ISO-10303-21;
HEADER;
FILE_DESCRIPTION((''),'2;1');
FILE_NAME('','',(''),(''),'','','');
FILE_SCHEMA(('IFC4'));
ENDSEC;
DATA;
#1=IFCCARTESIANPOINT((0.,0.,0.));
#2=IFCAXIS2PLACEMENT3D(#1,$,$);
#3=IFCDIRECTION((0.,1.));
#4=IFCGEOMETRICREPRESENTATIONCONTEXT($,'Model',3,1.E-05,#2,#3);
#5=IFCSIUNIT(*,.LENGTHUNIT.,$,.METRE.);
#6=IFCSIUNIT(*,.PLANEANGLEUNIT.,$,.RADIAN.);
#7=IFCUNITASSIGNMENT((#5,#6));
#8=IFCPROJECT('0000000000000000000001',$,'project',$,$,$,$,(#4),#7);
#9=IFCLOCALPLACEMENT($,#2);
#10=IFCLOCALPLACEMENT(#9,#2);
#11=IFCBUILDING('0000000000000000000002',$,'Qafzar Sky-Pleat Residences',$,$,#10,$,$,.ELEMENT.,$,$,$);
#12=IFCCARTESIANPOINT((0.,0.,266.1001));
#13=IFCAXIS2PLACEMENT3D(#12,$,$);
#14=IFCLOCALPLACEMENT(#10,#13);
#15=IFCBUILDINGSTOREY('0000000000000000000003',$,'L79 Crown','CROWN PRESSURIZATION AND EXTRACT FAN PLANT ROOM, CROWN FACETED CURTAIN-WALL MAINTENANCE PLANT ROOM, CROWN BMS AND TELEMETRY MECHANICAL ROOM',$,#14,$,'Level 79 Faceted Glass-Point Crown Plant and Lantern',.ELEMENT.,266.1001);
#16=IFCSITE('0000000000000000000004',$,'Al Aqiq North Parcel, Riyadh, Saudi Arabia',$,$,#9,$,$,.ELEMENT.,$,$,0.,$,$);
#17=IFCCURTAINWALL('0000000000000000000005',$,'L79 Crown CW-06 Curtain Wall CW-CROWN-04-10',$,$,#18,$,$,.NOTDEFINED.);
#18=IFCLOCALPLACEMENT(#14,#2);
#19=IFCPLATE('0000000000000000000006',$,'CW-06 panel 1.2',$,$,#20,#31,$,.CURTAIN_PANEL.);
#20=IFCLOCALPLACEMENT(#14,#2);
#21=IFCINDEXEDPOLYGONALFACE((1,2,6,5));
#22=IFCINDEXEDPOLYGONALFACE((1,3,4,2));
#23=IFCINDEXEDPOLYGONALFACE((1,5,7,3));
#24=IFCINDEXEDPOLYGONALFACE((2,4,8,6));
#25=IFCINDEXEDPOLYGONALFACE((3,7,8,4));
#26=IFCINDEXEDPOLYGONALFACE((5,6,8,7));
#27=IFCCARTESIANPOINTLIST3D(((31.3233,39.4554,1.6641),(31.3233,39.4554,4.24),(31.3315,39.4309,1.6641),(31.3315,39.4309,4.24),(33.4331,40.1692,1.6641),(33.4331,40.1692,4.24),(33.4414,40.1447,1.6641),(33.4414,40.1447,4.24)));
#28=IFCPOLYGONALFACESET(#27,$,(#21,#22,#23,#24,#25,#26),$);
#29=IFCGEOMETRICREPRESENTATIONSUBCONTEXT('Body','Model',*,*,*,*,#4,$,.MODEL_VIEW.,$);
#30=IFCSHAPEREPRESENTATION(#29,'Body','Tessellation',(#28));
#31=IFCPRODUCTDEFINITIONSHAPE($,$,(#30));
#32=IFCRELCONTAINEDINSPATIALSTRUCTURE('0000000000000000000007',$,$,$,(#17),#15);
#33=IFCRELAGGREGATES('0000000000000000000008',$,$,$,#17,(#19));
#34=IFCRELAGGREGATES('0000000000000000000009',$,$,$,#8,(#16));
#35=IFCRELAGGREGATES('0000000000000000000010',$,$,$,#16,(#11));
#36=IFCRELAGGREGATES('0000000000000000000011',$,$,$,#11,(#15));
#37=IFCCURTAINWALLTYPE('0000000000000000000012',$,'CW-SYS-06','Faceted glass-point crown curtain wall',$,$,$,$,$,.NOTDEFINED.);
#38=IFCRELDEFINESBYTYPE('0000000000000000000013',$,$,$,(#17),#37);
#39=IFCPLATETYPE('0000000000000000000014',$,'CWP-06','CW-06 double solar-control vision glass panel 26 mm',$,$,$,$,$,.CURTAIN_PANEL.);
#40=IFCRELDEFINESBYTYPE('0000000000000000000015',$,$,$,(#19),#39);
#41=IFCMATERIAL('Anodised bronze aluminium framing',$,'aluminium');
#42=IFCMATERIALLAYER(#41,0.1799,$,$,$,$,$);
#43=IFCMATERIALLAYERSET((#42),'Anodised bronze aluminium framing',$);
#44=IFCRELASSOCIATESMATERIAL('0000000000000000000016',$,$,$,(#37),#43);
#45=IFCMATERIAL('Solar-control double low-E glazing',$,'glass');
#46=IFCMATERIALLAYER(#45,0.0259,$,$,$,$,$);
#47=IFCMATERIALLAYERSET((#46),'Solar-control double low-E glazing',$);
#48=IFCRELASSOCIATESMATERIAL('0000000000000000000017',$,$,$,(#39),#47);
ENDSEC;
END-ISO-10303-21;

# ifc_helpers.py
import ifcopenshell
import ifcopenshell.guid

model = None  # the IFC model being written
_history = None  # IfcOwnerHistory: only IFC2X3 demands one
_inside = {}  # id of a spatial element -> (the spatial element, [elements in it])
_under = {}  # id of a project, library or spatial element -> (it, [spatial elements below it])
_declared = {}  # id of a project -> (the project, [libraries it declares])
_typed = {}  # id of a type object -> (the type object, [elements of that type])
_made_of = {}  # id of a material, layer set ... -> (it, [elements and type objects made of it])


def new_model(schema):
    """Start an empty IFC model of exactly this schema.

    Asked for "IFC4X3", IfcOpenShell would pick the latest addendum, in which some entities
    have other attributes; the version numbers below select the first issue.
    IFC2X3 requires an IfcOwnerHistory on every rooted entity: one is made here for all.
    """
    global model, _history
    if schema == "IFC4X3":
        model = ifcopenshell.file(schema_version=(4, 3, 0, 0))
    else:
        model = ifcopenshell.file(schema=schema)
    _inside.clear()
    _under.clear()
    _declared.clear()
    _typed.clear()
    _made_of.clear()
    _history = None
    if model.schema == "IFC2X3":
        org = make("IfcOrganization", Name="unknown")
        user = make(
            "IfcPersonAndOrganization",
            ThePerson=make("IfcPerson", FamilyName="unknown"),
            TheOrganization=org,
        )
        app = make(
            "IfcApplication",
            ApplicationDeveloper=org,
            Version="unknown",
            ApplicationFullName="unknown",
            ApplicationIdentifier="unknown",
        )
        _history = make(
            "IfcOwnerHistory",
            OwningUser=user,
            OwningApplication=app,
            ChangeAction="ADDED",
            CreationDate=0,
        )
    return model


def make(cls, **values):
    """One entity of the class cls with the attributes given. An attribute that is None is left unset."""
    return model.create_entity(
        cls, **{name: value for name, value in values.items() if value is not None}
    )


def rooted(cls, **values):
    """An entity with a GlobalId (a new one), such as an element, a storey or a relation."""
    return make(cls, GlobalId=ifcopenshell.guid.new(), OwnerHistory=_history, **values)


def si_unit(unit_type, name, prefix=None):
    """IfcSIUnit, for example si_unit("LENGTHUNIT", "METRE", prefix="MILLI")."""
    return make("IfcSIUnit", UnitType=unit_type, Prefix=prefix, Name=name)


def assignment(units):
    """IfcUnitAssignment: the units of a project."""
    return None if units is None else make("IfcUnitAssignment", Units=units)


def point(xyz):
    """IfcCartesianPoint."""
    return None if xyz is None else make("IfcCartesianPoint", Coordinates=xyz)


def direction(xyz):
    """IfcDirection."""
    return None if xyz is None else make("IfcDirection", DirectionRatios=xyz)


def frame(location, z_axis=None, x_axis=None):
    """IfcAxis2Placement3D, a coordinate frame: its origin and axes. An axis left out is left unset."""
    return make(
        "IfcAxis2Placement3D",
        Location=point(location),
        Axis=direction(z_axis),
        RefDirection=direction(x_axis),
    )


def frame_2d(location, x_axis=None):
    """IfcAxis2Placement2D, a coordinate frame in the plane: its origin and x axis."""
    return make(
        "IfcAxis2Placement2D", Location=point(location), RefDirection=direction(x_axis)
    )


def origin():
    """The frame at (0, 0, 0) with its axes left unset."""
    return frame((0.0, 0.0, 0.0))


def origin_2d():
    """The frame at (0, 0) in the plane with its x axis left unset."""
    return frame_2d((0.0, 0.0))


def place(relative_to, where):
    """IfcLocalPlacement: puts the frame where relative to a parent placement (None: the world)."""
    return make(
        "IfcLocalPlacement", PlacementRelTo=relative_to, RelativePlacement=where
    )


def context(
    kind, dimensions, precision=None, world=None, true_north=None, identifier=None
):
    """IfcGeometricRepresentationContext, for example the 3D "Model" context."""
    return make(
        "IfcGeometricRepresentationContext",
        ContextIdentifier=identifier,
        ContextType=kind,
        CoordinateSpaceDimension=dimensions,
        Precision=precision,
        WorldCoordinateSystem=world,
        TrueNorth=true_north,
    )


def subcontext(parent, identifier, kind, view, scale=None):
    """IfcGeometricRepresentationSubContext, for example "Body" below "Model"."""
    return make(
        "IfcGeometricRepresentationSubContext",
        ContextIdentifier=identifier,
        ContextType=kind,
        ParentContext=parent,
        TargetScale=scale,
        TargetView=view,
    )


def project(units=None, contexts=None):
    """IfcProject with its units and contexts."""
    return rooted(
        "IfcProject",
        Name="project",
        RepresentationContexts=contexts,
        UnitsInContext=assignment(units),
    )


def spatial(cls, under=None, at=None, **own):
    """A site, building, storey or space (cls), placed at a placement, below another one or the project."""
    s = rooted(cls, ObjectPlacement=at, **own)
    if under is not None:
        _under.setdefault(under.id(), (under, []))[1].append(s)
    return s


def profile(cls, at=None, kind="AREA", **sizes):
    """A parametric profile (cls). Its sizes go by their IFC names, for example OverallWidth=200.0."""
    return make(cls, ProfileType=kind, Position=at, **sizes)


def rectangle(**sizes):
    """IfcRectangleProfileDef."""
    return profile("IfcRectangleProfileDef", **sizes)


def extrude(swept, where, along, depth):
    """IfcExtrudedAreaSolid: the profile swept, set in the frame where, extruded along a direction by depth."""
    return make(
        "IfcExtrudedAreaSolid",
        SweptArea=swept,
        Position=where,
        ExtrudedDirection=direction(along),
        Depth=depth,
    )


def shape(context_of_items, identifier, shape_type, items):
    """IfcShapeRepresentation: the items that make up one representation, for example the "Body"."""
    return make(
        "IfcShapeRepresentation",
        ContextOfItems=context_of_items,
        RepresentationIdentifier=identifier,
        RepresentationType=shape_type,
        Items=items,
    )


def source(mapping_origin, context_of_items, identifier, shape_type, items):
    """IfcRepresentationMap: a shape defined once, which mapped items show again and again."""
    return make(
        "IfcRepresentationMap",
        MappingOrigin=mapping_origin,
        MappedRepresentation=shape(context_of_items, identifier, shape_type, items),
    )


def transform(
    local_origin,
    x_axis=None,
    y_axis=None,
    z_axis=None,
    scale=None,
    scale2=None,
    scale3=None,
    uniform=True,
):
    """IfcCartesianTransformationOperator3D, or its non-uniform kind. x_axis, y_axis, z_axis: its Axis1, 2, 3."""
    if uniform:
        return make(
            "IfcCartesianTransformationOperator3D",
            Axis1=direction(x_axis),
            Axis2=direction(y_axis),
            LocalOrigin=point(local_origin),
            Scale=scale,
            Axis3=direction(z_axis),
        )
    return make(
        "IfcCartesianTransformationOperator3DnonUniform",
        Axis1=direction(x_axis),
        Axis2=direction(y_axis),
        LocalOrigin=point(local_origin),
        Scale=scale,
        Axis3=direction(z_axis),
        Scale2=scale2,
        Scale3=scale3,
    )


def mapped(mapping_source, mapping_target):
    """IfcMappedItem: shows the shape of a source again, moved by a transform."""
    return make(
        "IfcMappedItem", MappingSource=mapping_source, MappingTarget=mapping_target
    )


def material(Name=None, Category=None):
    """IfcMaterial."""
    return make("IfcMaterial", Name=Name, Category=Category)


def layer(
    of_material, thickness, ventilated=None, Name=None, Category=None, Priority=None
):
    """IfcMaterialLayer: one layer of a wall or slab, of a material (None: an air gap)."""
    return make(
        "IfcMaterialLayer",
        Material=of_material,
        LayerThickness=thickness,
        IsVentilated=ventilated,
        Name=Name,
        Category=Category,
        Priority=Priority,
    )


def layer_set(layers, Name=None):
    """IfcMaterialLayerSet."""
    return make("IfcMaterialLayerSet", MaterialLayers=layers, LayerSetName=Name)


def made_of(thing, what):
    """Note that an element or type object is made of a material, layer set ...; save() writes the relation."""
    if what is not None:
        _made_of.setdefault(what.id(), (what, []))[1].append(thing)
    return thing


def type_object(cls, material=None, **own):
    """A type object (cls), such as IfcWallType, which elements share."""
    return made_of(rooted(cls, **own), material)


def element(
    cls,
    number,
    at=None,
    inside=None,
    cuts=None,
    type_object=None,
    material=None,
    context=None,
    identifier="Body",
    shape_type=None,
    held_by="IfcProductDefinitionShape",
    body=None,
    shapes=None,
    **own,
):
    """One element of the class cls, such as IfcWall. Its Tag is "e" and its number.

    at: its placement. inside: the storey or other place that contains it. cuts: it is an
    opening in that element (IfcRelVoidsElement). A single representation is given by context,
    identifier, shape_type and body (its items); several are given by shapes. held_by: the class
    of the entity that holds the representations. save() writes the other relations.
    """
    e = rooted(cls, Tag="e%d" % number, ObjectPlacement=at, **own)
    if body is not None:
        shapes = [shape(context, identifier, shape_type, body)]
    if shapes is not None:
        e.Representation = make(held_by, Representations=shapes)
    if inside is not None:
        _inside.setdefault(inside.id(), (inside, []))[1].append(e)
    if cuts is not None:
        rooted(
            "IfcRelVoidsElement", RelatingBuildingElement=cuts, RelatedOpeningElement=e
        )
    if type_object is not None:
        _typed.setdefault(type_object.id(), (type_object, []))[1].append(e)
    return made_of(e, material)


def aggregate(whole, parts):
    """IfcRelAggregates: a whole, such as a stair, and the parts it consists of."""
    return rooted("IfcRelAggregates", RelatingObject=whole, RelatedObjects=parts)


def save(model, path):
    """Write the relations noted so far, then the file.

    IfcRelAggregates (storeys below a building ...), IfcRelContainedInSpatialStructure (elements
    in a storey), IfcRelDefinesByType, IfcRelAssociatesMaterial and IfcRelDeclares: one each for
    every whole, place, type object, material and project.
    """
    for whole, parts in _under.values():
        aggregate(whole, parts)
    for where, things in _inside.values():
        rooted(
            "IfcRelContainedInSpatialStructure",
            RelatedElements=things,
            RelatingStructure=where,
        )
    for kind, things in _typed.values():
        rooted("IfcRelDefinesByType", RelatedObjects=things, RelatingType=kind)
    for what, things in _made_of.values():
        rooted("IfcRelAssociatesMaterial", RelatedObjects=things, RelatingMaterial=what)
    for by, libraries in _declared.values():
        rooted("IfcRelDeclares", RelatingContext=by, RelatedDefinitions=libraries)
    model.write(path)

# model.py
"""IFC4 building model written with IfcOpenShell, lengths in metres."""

from ifc_helpers import new_model, si_unit, direction, frame, origin, origin_2d, place, context, subcontext, project, spatial, rectangle, extrude, source, transform, mapped, material, layer, layer_set, type_object, element, aggregate, save


model = new_model("IFC4")

# Units and contexts
model_context = context("Model", 3, precision=1e-05, world=origin(), true_north=direction((0.0, 1.0)))
body_context = subcontext(model_context, "Body", "Model", "MODEL_VIEW")
ifc_project = project(units=[si_unit("LENGTHUNIT", "METRE"), si_unit("PLANEANGLEUNIT", "RADIAN")], contexts=[model_context])

# Site, building, storey
site_placement = place(None, origin())
site = spatial("IfcSite", under=ifc_project, at=site_placement, Name="Al Aqiq North Parcel, Riyadh, Saudi Arabia", CompositionType="ELEMENT", RefElevation=0.0)
building_placement = place(site_placement, origin())
building = spatial("IfcBuilding", under=site, at=building_placement, Name="Qafzar Sky-Pleat Residences", CompositionType="ELEMENT")
storey_placement = place(building_placement, frame((0.0, 0.0, 266.1001)))
storey = spatial("IfcBuildingStorey", under=building, at=storey_placement, Name="L79 Crown", Description="CROWN PRESSURIZATION AND EXTRACT FAN PLANT ROOM, CROWN FACETED CURTAIN-WALL MAINTENANCE PLANT ROOM, CROWN BMS AND TELEMETRY MECHANICAL ROOM", LongName="Level 79 Faceted Glass-Point Crown Plant and Lantern", CompositionType="ELEMENT", Elevation=266.1001)

# Shared definitions
ifc_material_1 = material(Name="Anodised bronze aluminium framing", Category="aluminium")
ifc_layer_1 = layer(ifc_material_1, 0.1799)
ifc_layer_set_1 = layer_set([ifc_layer_1], Name="Anodised bronze aluminium framing")
curtain_wall_type = type_object("IfcCurtainWallType", Name="CW-SYS-06", Description="Faceted glass-point crown curtain wall", PredefinedType="NOTDEFINED", material=ifc_layer_set_1)

# Curtain wall
curtain_wall_1_placement = place(storey_placement, origin())
curtain_wall_1 = element("IfcCurtainWall", 1, at=curtain_wall_1_placement, inside=storey, type_object=curtain_wall_type, Name="L79 Crown CW-06 Curtain Wall CW-CROWN-04-10", PredefinedType="NOTDEFINED")

# Plate
ifc_material_2 = material(Name="Solar-control double low-E glazing", Category="glass")
ifc_layer_2 = layer(ifc_material_2, 0.0259)
ifc_layer_set_2 = layer_set([ifc_layer_2], Name="Solar-control double low-E glazing")
plate_type = type_object("IfcPlateType", Name="CWP-06", Description="CW-06 double solar-control vision glass panel 26 mm", PredefinedType="CURTAIN_PANEL", material=ifc_layer_set_2)
shared_shape_1 = source(origin(), body_context, "Body", "SweptSolid", [
    extrude(rectangle(XDim=2.2273, YDim=0.0259, at=origin_2d()), origin(), (0.0, 0.0, 1.0), 2.5759),
])
plate_1_placement = place(storey_placement, frame((32.3823, 39.8, 1.6641), z_axis=(0.0, 0.0, 1.0), x_axis=(-0.947267, -0.320445, 0.0)))
plate_1 = element("IfcPlate", 2, at=plate_1_placement, type_object=plate_type, Name="CW-06 panel 1.2", PredefinedType="CURTAIN_PANEL", context=body_context, shape_type="MappedRepresentation", body=[
    mapped(shared_shape_1, transform((0.0, 0.0, 0.0), x_axis=(1.0, 0.0, 0.0), y_axis=(0.0, 1.0, 0.0), z_axis=(0.0, 0.0, 1.0), scale=1.0)),
])
aggregate(curtain_wall_1, [plate_1])

save(model, "model.ifc")
